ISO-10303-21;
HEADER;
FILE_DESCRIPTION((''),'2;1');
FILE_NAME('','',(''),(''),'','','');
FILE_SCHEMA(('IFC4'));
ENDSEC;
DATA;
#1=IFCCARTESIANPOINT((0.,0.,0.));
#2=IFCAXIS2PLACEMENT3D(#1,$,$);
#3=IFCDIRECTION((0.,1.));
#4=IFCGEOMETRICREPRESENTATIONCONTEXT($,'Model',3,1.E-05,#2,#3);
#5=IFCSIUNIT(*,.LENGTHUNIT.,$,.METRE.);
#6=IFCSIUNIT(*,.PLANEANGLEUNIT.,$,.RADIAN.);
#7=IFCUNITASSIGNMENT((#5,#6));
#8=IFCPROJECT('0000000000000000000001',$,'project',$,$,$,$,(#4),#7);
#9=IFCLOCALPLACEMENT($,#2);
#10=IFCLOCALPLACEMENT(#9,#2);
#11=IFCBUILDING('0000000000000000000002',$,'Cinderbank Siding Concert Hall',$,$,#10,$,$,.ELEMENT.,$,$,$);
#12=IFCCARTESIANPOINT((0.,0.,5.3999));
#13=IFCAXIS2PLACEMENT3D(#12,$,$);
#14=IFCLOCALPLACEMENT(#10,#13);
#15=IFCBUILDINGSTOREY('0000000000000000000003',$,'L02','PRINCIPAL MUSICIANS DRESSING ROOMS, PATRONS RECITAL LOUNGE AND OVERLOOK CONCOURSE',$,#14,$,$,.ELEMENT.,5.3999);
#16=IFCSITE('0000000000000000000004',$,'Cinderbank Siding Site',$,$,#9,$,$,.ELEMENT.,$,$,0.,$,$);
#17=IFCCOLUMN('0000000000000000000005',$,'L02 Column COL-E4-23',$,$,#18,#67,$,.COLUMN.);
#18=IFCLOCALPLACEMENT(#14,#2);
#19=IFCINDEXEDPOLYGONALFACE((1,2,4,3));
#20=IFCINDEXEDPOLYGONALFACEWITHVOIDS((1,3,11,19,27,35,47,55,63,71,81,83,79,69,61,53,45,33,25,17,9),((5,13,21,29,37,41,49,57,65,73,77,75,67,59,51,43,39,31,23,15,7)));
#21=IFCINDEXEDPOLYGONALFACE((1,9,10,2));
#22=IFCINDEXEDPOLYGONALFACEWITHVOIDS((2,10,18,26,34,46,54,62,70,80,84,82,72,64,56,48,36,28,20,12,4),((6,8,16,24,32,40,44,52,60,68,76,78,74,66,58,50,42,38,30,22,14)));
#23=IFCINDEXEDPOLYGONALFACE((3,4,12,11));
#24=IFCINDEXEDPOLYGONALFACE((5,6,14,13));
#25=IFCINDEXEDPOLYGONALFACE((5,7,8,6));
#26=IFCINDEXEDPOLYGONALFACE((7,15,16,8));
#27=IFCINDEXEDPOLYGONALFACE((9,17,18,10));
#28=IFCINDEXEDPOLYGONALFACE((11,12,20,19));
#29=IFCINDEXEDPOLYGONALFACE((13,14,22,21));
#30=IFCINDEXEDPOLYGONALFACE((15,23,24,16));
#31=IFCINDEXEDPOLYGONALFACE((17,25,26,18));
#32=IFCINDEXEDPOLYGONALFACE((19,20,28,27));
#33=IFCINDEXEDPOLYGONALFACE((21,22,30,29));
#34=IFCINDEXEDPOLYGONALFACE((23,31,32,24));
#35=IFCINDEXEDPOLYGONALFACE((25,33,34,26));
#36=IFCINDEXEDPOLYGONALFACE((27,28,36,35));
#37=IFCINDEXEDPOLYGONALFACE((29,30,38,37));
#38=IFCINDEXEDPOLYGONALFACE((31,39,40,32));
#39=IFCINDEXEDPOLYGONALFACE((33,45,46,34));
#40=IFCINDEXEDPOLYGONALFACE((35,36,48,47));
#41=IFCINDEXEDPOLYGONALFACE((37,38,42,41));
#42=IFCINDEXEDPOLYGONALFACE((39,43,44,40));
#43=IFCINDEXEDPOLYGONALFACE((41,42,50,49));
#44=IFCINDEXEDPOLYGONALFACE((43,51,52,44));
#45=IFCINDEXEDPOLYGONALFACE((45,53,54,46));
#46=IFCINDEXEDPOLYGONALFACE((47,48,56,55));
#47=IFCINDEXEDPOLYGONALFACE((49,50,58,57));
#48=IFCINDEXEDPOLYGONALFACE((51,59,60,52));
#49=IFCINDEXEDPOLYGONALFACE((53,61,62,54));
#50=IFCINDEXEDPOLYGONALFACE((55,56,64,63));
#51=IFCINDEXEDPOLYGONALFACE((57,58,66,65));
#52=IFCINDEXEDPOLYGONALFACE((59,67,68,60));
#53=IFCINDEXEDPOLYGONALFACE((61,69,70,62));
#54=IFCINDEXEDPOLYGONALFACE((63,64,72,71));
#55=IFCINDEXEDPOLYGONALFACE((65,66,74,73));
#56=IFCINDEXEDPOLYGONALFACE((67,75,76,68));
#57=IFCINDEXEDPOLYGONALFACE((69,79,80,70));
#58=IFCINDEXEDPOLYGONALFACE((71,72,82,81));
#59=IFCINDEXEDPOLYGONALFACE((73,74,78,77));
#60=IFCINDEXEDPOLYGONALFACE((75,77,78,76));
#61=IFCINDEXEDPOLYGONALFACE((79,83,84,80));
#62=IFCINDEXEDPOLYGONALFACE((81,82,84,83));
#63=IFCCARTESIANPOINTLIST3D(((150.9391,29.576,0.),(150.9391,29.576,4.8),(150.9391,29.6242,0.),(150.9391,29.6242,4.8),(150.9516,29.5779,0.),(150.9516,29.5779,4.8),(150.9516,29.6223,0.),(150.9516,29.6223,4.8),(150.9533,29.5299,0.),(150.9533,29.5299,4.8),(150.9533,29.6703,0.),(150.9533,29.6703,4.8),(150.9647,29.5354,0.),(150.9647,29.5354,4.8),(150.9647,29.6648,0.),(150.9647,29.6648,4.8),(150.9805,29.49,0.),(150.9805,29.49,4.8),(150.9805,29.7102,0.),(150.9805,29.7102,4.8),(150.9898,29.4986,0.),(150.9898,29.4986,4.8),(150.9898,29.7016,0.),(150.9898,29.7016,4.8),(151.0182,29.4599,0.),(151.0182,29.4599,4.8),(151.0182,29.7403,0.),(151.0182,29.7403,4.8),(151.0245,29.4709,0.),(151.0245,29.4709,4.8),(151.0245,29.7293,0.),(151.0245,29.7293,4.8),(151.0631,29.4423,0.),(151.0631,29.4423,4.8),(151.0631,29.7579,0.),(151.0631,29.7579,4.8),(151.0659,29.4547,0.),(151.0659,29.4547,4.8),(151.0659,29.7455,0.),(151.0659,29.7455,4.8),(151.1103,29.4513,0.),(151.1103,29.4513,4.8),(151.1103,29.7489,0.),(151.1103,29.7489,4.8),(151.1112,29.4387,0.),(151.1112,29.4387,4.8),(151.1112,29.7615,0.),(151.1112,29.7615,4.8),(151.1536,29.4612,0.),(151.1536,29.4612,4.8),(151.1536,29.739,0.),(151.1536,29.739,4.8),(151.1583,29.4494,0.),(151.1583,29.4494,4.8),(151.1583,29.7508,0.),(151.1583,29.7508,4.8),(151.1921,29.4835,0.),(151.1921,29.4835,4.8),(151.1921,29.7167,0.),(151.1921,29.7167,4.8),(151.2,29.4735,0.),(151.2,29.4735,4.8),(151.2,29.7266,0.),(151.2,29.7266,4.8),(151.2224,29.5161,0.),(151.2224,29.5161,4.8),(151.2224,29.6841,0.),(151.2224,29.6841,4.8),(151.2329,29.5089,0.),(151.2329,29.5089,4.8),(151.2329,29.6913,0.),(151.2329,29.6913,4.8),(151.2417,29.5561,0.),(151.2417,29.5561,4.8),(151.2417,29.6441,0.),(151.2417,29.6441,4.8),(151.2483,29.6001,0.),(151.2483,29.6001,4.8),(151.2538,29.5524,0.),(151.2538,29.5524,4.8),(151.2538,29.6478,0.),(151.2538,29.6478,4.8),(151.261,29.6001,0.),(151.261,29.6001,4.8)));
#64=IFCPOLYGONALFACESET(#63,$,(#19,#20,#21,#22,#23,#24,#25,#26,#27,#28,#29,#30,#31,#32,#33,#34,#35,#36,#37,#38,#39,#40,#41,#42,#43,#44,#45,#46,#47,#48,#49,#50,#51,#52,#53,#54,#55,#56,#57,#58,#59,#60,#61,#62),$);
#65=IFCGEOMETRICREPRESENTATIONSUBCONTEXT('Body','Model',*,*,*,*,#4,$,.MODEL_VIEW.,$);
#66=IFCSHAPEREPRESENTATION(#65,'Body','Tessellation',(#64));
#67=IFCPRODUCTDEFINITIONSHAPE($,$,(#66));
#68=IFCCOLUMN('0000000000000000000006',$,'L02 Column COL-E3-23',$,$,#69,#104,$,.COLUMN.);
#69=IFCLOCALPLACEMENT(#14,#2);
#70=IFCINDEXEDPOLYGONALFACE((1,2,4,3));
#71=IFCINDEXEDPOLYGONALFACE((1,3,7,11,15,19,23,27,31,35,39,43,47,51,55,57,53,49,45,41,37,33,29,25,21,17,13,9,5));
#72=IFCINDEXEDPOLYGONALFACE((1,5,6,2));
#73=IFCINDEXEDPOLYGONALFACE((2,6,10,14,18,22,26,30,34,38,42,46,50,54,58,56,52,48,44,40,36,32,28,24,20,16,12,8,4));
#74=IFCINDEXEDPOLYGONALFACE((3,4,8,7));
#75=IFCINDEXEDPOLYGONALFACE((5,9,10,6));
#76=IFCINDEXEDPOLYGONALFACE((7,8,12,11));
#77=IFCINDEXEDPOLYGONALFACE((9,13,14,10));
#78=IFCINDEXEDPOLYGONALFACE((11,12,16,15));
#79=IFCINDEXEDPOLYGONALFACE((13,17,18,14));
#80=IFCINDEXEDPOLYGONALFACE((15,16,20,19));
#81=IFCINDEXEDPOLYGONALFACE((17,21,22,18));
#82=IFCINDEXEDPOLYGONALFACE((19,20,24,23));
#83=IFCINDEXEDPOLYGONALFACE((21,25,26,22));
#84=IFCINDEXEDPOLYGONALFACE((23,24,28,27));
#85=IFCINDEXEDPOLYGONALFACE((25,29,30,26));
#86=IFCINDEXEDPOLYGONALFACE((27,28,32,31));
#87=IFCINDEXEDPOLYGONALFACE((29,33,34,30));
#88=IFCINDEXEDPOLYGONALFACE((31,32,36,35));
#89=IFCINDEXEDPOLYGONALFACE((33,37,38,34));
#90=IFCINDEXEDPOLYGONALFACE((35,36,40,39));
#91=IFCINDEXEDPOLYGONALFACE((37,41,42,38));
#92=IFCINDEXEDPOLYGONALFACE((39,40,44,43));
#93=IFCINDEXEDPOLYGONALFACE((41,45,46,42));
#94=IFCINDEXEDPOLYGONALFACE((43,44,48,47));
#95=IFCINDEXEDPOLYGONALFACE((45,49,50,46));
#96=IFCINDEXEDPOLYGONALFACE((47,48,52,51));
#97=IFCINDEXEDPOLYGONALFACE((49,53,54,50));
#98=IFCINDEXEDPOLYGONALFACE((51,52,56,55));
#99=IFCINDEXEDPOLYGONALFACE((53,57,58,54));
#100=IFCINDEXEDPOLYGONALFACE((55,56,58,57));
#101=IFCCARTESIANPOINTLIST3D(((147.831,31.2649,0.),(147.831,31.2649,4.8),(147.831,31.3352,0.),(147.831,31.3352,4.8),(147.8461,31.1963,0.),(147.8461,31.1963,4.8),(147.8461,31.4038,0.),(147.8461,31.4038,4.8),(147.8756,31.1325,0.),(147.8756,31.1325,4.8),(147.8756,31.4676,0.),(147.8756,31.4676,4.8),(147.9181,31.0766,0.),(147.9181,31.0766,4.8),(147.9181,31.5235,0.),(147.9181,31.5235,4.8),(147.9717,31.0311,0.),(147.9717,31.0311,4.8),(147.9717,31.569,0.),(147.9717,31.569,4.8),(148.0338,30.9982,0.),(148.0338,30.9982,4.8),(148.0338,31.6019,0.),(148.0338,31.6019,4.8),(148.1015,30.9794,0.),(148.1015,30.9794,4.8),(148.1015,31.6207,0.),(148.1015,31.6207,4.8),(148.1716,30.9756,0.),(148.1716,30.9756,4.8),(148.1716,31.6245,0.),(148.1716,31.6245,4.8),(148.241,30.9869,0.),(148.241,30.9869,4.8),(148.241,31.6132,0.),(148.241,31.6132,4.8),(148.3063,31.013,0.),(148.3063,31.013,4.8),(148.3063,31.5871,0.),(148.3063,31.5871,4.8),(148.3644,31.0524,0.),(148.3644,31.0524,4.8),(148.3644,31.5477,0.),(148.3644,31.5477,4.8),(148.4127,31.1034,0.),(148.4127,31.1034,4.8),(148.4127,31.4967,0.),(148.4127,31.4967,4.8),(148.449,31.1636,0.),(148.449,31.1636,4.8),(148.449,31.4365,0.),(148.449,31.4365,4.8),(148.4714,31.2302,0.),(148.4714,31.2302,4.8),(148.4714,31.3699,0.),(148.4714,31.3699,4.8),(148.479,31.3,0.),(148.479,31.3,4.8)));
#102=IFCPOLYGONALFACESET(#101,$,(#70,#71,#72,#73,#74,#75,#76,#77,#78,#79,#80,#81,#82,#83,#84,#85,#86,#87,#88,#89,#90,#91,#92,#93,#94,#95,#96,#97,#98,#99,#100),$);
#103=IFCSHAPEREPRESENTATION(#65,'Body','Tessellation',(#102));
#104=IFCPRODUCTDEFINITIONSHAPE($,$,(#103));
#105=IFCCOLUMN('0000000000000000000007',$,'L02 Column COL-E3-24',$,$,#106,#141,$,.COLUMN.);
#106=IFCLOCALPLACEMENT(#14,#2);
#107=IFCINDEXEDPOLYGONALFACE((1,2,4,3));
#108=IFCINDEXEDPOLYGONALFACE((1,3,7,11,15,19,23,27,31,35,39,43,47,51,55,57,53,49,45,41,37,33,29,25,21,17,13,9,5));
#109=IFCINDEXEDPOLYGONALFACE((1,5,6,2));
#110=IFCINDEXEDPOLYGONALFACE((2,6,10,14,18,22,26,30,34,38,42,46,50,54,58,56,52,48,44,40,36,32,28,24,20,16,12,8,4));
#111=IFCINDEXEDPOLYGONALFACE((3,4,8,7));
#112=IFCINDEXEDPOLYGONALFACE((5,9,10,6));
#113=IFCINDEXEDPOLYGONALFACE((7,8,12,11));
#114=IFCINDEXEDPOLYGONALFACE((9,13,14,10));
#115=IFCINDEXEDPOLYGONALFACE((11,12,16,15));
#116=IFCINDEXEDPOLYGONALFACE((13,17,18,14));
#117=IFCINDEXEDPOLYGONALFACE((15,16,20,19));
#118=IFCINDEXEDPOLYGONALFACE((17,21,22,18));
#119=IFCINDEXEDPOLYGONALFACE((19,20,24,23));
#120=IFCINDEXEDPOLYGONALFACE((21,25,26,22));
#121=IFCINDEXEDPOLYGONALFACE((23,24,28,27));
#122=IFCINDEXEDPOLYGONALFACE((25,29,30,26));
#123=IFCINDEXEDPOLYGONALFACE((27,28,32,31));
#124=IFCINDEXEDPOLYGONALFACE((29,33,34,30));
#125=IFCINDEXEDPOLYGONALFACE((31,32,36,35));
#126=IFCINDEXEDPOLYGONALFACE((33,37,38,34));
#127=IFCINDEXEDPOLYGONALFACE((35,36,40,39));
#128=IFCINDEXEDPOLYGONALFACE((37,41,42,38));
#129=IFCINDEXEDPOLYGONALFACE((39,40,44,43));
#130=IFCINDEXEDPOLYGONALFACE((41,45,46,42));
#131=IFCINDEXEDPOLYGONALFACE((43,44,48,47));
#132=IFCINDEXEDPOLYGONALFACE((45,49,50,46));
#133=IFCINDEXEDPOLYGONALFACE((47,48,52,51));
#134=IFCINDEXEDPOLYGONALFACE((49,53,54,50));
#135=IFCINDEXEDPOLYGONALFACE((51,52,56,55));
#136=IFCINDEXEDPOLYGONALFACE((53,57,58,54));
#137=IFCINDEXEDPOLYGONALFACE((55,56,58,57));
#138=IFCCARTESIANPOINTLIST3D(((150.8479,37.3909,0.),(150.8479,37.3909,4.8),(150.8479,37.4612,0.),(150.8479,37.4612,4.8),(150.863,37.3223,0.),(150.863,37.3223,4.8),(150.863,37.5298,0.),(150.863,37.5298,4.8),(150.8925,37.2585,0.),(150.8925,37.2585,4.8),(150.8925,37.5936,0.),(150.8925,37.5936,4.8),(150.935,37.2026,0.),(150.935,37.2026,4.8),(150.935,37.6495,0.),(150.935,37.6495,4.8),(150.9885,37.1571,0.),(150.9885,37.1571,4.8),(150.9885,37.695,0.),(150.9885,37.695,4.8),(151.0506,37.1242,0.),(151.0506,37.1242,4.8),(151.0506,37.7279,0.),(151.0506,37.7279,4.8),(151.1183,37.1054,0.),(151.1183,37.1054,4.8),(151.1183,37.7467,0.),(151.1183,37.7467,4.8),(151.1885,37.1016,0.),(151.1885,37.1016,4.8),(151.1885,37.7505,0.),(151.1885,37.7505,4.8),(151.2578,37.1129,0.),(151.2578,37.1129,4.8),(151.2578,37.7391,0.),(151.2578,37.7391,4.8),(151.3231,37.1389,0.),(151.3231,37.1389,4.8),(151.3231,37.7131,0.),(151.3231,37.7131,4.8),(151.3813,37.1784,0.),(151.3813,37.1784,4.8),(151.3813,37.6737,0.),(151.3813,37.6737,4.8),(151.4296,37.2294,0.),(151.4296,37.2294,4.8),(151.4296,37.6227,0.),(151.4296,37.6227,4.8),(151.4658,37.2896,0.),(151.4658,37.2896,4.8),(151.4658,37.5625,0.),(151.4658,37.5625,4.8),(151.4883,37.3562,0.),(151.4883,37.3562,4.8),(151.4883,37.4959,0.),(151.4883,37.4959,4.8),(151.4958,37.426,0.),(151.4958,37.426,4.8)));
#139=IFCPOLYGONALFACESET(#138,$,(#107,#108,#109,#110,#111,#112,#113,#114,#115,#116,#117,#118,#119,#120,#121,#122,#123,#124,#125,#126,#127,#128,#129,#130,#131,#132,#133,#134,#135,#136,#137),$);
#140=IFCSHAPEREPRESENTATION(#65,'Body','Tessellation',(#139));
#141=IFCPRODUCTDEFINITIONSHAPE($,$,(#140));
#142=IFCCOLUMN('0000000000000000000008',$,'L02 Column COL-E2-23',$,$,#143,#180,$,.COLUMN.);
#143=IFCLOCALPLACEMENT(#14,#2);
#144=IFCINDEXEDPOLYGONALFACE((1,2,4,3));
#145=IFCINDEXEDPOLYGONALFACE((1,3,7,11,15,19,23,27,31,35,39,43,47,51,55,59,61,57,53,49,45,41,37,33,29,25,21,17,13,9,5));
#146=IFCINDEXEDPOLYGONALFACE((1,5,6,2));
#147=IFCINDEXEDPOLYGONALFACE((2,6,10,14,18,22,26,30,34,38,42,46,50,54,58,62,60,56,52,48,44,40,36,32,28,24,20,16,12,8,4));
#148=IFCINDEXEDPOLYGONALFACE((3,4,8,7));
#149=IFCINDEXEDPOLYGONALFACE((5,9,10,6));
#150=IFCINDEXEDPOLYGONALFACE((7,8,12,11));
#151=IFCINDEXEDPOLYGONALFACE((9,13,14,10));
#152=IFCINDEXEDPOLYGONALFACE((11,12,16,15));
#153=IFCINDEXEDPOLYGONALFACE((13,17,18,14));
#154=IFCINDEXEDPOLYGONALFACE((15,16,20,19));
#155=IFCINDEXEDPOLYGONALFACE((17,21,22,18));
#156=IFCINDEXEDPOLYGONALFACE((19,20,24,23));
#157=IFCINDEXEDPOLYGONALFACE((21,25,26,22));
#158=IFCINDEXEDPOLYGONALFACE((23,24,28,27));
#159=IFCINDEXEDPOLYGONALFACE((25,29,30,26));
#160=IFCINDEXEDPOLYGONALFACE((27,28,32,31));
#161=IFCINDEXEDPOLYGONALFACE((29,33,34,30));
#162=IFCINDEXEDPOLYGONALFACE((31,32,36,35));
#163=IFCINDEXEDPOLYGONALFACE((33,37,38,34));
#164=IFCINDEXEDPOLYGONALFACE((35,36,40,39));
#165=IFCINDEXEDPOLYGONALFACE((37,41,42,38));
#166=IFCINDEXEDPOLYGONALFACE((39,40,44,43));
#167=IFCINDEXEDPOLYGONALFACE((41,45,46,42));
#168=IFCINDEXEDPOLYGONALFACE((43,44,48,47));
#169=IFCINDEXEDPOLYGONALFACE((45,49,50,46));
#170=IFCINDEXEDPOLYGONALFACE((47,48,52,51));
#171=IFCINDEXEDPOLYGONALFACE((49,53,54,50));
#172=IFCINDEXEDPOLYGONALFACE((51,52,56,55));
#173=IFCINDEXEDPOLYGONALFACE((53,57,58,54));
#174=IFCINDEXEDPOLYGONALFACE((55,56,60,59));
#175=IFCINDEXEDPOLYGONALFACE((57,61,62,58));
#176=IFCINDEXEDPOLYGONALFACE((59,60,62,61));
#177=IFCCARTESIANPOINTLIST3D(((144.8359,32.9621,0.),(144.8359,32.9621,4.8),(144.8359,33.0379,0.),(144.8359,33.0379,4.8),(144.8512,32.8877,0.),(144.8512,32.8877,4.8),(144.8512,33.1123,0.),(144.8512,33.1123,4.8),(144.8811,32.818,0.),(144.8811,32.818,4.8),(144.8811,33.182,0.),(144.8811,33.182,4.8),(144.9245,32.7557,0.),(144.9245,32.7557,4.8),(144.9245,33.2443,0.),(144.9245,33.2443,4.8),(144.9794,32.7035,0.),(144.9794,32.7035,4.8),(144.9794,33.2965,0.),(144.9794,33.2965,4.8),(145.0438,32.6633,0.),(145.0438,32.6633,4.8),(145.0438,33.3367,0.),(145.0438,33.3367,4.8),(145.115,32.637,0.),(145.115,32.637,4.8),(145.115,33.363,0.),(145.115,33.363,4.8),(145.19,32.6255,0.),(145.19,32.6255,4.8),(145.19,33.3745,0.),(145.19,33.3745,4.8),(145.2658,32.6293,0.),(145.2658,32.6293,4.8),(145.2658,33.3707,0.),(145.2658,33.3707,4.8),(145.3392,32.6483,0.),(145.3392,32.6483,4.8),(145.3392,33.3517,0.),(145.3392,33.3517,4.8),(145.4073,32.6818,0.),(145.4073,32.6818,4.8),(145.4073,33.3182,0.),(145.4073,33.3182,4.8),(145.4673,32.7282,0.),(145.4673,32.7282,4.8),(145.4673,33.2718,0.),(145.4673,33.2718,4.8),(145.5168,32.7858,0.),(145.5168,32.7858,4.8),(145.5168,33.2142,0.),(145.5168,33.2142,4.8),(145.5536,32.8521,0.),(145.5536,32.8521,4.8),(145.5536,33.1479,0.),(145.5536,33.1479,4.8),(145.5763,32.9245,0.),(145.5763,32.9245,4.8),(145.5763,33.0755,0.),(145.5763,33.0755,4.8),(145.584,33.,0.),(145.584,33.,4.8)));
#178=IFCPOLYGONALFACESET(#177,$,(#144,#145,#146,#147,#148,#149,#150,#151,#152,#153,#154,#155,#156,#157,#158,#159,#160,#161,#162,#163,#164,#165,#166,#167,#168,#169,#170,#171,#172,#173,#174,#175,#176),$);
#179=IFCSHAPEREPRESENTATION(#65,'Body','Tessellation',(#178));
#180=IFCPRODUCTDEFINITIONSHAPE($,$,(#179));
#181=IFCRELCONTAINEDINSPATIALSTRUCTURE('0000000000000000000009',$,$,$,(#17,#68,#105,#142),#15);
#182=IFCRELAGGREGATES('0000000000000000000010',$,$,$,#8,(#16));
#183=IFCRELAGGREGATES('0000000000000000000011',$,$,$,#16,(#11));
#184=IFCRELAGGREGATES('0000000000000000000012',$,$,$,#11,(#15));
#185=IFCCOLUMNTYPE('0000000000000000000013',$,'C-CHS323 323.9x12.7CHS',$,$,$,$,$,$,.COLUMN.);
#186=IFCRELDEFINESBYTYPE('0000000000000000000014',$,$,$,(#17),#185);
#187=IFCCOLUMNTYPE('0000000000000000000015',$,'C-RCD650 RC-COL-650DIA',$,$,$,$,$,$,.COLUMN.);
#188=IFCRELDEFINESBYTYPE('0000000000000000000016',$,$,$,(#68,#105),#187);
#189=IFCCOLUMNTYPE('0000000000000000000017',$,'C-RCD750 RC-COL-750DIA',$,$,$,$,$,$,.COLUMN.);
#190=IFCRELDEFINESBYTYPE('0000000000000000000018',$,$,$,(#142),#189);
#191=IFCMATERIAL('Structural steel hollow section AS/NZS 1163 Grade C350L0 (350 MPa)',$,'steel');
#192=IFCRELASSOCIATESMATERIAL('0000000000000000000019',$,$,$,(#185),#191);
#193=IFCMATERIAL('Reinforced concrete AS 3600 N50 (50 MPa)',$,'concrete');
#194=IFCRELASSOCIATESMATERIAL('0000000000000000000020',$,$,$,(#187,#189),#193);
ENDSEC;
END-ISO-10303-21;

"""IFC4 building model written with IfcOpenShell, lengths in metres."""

from ifc_helpers import new_model, si_unit, direction, frame, origin, origin_2d, place, context, subcontext, project, spatial, circle, hollow_circle, extrude, material, material_profile, profile_set, type_object, element, save


model = new_model("IFC4")

# Units and contexts
model_context = context("Model", 3, precision=1e-05, world=origin(), true_north=direction((0.0, 1.0)))
body_context = subcontext(model_context, "Body", "Model", "MODEL_VIEW")
ifc_project = project(units=[si_unit("LENGTHUNIT", "METRE"), si_unit("PLANEANGLEUNIT", "RADIAN")], contexts=[model_context])

# Site, building, storey
site_placement = place(None, origin())
site = spatial("IfcSite", under=ifc_project, at=site_placement, Name="Cinderbank Siding Site", CompositionType="ELEMENT", RefElevation=0.0)
building_placement = place(site_placement, origin())
building = spatial("IfcBuilding", under=site, at=building_placement, Name="Cinderbank Siding Concert Hall", CompositionType="ELEMENT")
storey_placement = place(building_placement, frame((0.0, 0.0, 5.3999)))
storey = spatial("IfcBuildingStorey", under=building, at=storey_placement, Name="L02", Description="PRINCIPAL MUSICIANS DRESSING ROOMS, PATRONS RECITAL LOUNGE AND OVERLOOK CONCOURSE", CompositionType="ELEMENT", Elevation=5.3999)

# Columns
ifc_material_1 = material(Name="Structural steel hollow section AS/NZS 1163 Grade C350L0 (350 MPa)", Category="steel")
ifc_material_profile_1 = material_profile(ifc_material_1, hollow_circle(Radius=0.1619, WallThickness=0.0127, at=origin_2d()), Name="323.9x12.7CHS", Category="LoadBearing")
ifc_profile_set_1 = profile_set([ifc_material_profile_1], Name="Structural steel hollow section AS/NZS 1163 Grade C350L0 (350 MPa)")
column_type_1 = type_object("IfcColumnType", Name="C-CHS323 323.9x12.7CHS", PredefinedType="COLUMN", material=ifc_profile_set_1)
column_placement = place(storey_placement, frame((151.0991, 29.6001, 0.0), z_axis=(0.0, 0.0, 1.0), x_axis=(1.0, 0.0, 0.0)))
element("IfcColumn", 1, at=column_placement, inside=storey, type_object=column_type_1, Name="L02 Column COL-E4-23", PredefinedType="COLUMN", context=body_context, shape_type="SweptSolid", body=[
    extrude(hollow_circle(Radius=0.1619, WallThickness=0.0127, at=origin_2d()), origin(), (0.0, 0.0, 1.0), 4.8),
])
ifc_material_2 = material(Name="Reinforced concrete AS 3600 N50 (50 MPa)", Category="concrete")
ifc_material_profile_2 = material_profile(ifc_material_2, circle(Radius=0.325, at=origin_2d()), Name="RC-COL-650DIA", Category="LoadBearing")
ifc_profile_set_2 = profile_set([ifc_material_profile_2], Name="Reinforced concrete AS 3600 N50 (50 MPa)")
column_type_2 = type_object("IfcColumnType", Name="C-RCD650 RC-COL-650DIA", PredefinedType="COLUMN", material=ifc_profile_set_2)
for number, where, z_axis, x_axis, name in (
    (2, (148.1541, 31.3, 0.0), (0.0, 0.0, 1.0), (1.0, 0.0, 0.0), "L02 Column COL-E3-23"),
    (3, (151.1709, 37.426, 0.0), (0.0, 0.0, 1.0), (1.0, 0.0, 0.0), "L02 Column COL-E3-24"),
):
    element("IfcColumn", number, at=place(storey_placement, frame(where, z_axis=z_axis, x_axis=x_axis)), inside=storey, type_object=column_type_2, Name=name, PredefinedType="COLUMN", context=body_context, shape_type="SweptSolid", body=[
        extrude(circle(Radius=0.325, at=origin_2d()), origin(), (0.0, 0.0, 1.0), 4.8),
    ])
ifc_material_profile_3 = material_profile(ifc_material_2, circle(Radius=0.375, at=origin_2d()), Name="RC-COL-750DIA", Category="LoadBearing")
ifc_profile_set_3 = profile_set([ifc_material_profile_3], Name="Reinforced concrete AS 3600 N50 (50 MPa)")
column_type_3 = type_object("IfcColumnType", Name="C-RCD750 RC-COL-750DIA", PredefinedType="COLUMN", material=ifc_profile_set_3)
for number, where, z_axis, x_axis, name in (
    (4, (145.209, 33.0, 0.0), (0.0, 0.0, 1.0), (1.0, 0.0, 0.0), "L02 Column COL-E2-23"),
):
    element("IfcColumn", number, at=place(storey_placement, frame(where, z_axis=z_axis, x_axis=x_axis)), inside=storey, type_object=column_type_3, Name=name, PredefinedType="COLUMN", context=body_context, shape_type="SweptSolid", body=[
        extrude(circle(Radius=0.375, at=origin_2d()), origin(), (0.0, 0.0, 1.0), 4.8),
    ])

save(model, "model.ifc")
